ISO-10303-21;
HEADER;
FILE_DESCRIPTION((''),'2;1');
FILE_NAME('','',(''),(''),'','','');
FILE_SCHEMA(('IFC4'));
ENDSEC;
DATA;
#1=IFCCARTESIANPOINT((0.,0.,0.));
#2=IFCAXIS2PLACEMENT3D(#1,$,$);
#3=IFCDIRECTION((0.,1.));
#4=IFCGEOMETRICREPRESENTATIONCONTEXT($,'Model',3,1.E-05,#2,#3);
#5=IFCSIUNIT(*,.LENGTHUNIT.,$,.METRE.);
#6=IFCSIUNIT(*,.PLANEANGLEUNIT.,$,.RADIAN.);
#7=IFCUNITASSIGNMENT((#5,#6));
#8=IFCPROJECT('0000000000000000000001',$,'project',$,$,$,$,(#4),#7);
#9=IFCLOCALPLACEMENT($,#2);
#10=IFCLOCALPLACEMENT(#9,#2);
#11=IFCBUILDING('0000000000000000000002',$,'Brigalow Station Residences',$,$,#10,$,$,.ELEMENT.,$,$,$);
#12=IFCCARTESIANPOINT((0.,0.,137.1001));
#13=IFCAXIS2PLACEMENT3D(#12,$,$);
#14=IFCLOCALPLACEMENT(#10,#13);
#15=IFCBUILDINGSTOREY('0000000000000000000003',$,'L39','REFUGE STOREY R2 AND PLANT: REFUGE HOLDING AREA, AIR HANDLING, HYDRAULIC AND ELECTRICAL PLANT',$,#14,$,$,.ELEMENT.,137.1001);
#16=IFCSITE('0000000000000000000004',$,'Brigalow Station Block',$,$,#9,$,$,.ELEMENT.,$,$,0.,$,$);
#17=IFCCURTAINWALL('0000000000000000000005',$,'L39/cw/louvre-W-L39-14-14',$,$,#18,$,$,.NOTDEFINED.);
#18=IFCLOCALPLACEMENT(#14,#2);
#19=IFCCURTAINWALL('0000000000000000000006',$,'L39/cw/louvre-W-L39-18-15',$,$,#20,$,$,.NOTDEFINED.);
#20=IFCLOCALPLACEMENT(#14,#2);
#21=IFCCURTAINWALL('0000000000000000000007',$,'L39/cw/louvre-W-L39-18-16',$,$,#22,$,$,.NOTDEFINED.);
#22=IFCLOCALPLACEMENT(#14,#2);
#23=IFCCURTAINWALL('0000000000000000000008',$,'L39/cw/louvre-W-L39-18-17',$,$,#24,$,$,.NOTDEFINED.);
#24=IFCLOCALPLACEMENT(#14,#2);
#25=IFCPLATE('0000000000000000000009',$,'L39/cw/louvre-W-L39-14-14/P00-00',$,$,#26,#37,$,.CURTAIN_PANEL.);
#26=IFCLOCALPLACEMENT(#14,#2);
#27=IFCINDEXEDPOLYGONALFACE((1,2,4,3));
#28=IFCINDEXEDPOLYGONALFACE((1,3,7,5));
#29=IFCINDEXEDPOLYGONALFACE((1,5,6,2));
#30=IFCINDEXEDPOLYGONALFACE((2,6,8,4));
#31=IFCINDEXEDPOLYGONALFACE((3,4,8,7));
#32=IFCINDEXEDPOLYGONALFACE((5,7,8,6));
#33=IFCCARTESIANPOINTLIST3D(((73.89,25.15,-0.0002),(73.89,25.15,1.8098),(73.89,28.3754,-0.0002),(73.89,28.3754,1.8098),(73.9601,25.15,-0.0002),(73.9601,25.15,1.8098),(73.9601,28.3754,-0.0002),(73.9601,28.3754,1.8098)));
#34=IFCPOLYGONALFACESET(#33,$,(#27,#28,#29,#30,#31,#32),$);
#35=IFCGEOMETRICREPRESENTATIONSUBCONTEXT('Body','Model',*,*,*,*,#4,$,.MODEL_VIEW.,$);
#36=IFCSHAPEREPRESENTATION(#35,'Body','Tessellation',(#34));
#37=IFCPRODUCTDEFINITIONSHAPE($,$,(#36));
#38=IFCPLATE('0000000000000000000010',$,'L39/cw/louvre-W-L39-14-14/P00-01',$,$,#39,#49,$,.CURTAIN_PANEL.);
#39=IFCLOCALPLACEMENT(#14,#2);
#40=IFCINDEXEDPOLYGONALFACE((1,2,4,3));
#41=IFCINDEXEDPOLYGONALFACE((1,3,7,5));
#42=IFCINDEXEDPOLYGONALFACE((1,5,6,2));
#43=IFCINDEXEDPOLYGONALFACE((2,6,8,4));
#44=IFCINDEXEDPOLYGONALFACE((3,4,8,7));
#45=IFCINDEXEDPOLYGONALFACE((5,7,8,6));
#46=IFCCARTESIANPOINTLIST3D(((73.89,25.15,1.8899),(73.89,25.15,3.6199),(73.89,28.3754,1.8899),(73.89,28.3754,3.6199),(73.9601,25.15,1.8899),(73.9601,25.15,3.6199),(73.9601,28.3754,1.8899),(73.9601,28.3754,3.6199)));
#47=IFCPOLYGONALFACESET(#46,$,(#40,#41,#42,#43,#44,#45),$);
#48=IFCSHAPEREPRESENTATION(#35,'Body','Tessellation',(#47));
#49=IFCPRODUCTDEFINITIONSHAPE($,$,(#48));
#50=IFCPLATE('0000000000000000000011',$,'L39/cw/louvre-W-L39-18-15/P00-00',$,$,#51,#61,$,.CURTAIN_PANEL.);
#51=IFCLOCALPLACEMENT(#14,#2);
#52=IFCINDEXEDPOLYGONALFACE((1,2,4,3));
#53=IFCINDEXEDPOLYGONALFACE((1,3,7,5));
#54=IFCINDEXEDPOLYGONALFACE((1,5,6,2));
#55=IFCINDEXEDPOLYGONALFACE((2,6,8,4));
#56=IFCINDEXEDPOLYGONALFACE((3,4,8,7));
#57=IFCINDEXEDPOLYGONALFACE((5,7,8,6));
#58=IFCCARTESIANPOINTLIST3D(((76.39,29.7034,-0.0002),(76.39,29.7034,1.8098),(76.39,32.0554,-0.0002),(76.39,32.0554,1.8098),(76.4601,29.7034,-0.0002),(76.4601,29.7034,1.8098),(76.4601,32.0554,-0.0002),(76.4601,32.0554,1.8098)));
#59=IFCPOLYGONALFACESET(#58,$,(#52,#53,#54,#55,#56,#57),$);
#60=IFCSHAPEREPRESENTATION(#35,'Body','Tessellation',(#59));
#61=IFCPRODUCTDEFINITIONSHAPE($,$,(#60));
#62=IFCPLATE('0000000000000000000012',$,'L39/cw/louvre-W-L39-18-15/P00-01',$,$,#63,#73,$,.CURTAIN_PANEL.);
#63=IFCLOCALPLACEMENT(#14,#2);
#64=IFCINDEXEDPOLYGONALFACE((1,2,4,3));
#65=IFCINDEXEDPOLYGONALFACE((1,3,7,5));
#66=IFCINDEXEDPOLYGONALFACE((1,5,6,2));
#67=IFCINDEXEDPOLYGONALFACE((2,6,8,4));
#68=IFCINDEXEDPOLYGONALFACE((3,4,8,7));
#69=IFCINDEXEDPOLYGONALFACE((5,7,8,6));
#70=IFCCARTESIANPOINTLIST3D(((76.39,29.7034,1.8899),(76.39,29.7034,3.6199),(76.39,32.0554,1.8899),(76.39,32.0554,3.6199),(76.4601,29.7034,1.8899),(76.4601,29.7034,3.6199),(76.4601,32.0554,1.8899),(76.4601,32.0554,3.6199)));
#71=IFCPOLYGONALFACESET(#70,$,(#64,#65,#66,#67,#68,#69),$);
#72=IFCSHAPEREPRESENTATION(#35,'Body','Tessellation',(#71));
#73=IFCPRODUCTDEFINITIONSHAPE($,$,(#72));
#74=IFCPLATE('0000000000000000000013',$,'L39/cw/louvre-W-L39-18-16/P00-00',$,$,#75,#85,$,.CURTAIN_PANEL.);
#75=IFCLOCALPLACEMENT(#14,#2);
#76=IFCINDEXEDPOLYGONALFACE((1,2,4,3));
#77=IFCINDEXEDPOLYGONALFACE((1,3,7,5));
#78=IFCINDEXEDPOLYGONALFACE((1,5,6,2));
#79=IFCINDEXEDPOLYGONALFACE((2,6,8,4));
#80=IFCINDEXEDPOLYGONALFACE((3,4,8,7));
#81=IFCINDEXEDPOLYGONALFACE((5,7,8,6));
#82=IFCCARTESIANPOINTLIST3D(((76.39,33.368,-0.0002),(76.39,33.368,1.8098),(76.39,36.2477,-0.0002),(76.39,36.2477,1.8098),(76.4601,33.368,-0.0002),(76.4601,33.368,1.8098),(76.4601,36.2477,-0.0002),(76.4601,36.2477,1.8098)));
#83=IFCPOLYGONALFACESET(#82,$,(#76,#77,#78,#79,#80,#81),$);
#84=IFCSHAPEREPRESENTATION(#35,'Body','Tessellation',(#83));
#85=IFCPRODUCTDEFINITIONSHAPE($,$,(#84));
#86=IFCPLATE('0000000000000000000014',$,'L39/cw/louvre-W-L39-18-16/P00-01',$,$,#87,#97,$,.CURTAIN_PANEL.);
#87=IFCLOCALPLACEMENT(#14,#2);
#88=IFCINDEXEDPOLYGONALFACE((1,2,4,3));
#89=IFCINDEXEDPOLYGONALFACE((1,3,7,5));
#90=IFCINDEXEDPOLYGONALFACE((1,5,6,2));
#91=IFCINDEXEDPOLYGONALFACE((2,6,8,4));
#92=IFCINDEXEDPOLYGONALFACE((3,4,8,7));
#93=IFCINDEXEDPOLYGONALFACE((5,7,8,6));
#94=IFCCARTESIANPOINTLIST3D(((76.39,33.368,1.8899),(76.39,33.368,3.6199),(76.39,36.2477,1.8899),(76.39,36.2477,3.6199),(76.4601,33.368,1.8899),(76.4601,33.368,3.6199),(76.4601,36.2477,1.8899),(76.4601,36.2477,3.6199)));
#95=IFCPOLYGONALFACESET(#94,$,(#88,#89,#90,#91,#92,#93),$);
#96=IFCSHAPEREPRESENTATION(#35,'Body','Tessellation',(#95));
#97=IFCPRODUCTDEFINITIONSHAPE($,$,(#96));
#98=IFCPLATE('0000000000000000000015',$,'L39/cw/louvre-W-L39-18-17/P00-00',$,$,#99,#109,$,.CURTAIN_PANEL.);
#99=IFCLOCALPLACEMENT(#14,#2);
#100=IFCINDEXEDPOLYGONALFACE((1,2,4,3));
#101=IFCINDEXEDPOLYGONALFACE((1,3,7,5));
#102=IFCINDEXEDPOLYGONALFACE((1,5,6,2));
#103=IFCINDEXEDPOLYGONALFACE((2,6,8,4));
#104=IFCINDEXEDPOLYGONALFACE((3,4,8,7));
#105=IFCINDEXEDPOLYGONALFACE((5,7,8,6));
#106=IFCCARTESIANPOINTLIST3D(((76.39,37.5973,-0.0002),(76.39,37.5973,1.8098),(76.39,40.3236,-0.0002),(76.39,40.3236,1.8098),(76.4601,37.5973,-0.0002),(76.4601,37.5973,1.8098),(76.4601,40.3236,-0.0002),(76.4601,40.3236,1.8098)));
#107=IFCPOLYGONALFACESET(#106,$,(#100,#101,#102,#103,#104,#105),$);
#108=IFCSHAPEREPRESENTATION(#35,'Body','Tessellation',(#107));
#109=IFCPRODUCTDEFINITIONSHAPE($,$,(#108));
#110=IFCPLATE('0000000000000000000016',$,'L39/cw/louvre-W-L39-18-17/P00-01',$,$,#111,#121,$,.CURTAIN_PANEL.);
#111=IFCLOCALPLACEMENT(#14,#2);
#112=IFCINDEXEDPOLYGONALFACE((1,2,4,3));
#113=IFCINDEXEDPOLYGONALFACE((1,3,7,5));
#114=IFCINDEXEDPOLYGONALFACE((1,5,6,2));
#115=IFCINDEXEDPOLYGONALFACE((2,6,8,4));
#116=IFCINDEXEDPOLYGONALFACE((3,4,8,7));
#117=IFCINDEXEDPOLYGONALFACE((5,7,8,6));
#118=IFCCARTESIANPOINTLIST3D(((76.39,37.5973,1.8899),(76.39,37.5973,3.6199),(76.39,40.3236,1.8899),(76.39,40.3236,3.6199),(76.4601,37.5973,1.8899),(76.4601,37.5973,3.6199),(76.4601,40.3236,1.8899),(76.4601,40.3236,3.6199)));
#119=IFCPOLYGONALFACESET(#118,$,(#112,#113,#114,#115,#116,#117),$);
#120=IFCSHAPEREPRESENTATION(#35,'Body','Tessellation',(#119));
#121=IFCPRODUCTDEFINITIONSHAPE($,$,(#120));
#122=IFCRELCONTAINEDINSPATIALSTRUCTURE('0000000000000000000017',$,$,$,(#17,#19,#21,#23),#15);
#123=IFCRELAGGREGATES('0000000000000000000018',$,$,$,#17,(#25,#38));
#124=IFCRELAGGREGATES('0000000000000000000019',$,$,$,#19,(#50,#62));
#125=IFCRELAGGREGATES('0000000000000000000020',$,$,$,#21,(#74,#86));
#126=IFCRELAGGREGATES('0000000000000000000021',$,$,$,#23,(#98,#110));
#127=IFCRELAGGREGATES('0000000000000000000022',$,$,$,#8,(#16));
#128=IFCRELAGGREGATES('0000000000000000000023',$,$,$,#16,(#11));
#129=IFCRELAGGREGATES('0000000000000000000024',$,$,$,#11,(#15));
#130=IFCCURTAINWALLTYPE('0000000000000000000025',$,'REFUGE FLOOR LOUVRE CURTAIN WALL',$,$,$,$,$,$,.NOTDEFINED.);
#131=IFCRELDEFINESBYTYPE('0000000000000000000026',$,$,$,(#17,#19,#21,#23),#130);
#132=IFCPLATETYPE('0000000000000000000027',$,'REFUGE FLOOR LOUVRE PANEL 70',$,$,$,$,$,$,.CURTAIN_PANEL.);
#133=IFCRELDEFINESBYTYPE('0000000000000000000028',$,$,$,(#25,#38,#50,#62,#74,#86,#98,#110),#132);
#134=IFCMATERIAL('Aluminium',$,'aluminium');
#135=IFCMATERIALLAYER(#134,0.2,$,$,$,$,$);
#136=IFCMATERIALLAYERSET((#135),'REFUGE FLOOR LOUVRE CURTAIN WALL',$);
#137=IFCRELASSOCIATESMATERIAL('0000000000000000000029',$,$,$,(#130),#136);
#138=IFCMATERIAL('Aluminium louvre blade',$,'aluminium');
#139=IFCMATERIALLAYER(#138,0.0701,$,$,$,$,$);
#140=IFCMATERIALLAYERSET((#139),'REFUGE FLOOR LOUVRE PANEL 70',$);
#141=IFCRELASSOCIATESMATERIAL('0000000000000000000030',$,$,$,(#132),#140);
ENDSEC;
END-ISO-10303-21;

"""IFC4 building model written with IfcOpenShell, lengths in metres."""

from ifc_helpers import new_model, si_unit, direction, frame, origin, origin_2d, place, context, subcontext, project, spatial, rectangle, extrude, material, layer, layer_set, type_object, element, aggregate, save


model = new_model("IFC4")

# Units and contexts
model_context = context("Model", 3, precision=1e-05, world=origin(), true_north=direction((0.0, 1.0)))
body_context = subcontext(model_context, "Body", "Model", "MODEL_VIEW")
ifc_project = project(units=[si_unit("LENGTHUNIT", "METRE"), si_unit("PLANEANGLEUNIT", "RADIAN")], contexts=[model_context])

# Site, building, storey
site_placement = place(None, origin())
site = spatial("IfcSite", under=ifc_project, at=site_placement, Name="Brigalow Station Block", CompositionType="ELEMENT", RefElevation=0.0)
building_placement = place(site_placement, origin())
building = spatial("IfcBuilding", under=site, at=building_placement, Name="Brigalow Station Residences", CompositionType="ELEMENT")
storey_placement = place(building_placement, frame((0.0, 0.0, 137.1001)))
storey = spatial("IfcBuildingStorey", under=building, at=storey_placement, Name="L39", Description="REFUGE STOREY R2 AND PLANT: REFUGE HOLDING AREA, AIR HANDLING, HYDRAULIC AND ELECTRICAL PLANT", CompositionType="ELEMENT", Elevation=137.1001)

# Curtain walls
ifc_material_1 = material(Name="Aluminium", Category="aluminium")
ifc_layer_1 = layer(ifc_material_1, 0.2)
ifc_layer_set_1 = layer_set([ifc_layer_1], Name="REFUGE FLOOR LOUVRE CURTAIN WALL")
curtain_wall_type = type_object("IfcCurtainWallType", Name="REFUGE FLOOR LOUVRE CURTAIN WALL", PredefinedType="NOTDEFINED", material=ifc_layer_set_1)
curtain_wall_1_placement = place(storey_placement, origin())
curtain_wall_1 = element("IfcCurtainWall", 1, at=curtain_wall_1_placement, inside=storey, type_object=curtain_wall_type, Name="L39/cw/louvre-W-L39-14-14", PredefinedType="NOTDEFINED")
curtain_wall_2_placement = place(storey_placement, origin())
curtain_wall_2 = element("IfcCurtainWall", 2, at=curtain_wall_2_placement, inside=storey, type_object=curtain_wall_type, Name="L39/cw/louvre-W-L39-18-15", PredefinedType="NOTDEFINED")
curtain_wall_3_placement = place(storey_placement, origin())
curtain_wall_3 = element("IfcCurtainWall", 3, at=curtain_wall_3_placement, inside=storey, type_object=curtain_wall_type, Name="L39/cw/louvre-W-L39-18-16", PredefinedType="NOTDEFINED")

# Curtain wall
curtain_wall_4_placement = place(storey_placement, origin())
curtain_wall_4 = element("IfcCurtainWall", 4, at=curtain_wall_4_placement, inside=storey, type_object=curtain_wall_type, Name="L39/cw/louvre-W-L39-18-17", PredefinedType="NOTDEFINED")

# Plates
ifc_material_2 = material(Name="Aluminium louvre blade", Category="aluminium")
ifc_layer_2 = layer(ifc_material_2, 0.0701)
ifc_layer_set_2 = layer_set([ifc_layer_2], Name="REFUGE FLOOR LOUVRE PANEL 70")
plate_type = type_object("IfcPlateType", Name="REFUGE FLOOR LOUVRE PANEL 70", PredefinedType="CURTAIN_PANEL", material=ifc_layer_set_2)
plate_1_placement = place(storey_placement, frame((73.925, 26.7627, -0.0002), z_axis=(0.0, 0.0, 1.0), x_axis=(0.0, 1.0, 0.0)))
plate_1 = element("IfcPlate", 5, at=plate_1_placement, type_object=plate_type, Name="L39/cw/louvre-W-L39-14-14/P00-00", PredefinedType="CURTAIN_PANEL", context=body_context, shape_type="SweptSolid", body=[
    extrude(rectangle(XDim=3.2253, YDim=0.0701, at=origin_2d()), origin(), (0.0, 0.0, 1.0), 1.8101),
])
plate_2_placement = place(storey_placement, frame((73.925, 26.7627, 1.8899), z_axis=(0.0, 0.0, 1.0), x_axis=(0.0, 1.0, 0.0)))
plate_2 = element("IfcPlate", 6, at=plate_2_placement, type_object=plate_type, Name="L39/cw/louvre-W-L39-14-14/P00-01", PredefinedType="CURTAIN_PANEL", context=body_context, shape_type="SweptSolid", body=[
    extrude(rectangle(XDim=3.2253, YDim=0.0701, at=origin_2d()), origin(), (0.0, 0.0, 1.0), 1.73),
])
aggregate(curtain_wall_1, [plate_1, plate_2])
plate_3_placement = place(storey_placement, frame((76.425, 30.8794, -0.0002), z_axis=(0.0, 0.0, 1.0), x_axis=(0.0, 1.0, 0.0)))
plate_3 = element("IfcPlate", 7, at=plate_3_placement, type_object=plate_type, Name="L39/cw/louvre-W-L39-18-15/P00-00", PredefinedType="CURTAIN_PANEL", context=body_context, shape_type="SweptSolid", body=[
    extrude(rectangle(XDim=2.3521, YDim=0.0701, at=origin_2d()), origin(), (0.0, 0.0, 1.0), 1.8101),
])
plate_4_placement = place(storey_placement, frame((76.425, 30.8794, 1.8899), z_axis=(0.0, 0.0, 1.0), x_axis=(0.0, 1.0, 0.0)))
plate_4 = element("IfcPlate", 8, at=plate_4_placement, type_object=plate_type, Name="L39/cw/louvre-W-L39-18-15/P00-01", PredefinedType="CURTAIN_PANEL", context=body_context, shape_type="SweptSolid", body=[
    extrude(rectangle(XDim=2.3521, YDim=0.0701, at=origin_2d()), origin(), (0.0, 0.0, 1.0), 1.73),
])
aggregate(curtain_wall_2, [plate_3, plate_4])
plate_5_placement = place(storey_placement, frame((76.425, 34.8079, -0.0002), z_axis=(0.0, 0.0, 1.0), x_axis=(0.0, 1.0, 0.0)))
plate_5 = element("IfcPlate", 9, at=plate_5_placement, type_object=plate_type, Name="L39/cw/louvre-W-L39-18-16/P00-00", PredefinedType="CURTAIN_PANEL", context=body_context, shape_type="SweptSolid", body=[
    extrude(rectangle(XDim=2.8796, YDim=0.0701, at=origin_2d()), origin(), (0.0, 0.0, 1.0), 1.8101),
])
plate_6_placement = place(storey_placement, frame((76.425, 34.8079, 1.8899), z_axis=(0.0, 0.0, 1.0), x_axis=(0.0, 1.0, 0.0)))
plate_6 = element("IfcPlate", 10, at=plate_6_placement, type_object=plate_type, Name="L39/cw/louvre-W-L39-18-16/P00-01", PredefinedType="CURTAIN_PANEL", context=body_context, shape_type="SweptSolid", body=[
    extrude(rectangle(XDim=2.8796, YDim=0.0701, at=origin_2d()), origin(), (0.0, 0.0, 1.0), 1.73),
])
aggregate(curtain_wall_3, [plate_5, plate_6])
plate_7_placement = place(storey_placement, frame((76.425, 38.9604, -0.0002), z_axis=(0.0, 0.0, 1.0), x_axis=(0.0, 1.0, 0.0)))
plate_7 = element("IfcPlate", 11, at=plate_7_placement, type_object=plate_type, Name="L39/cw/louvre-W-L39-18-17/P00-00", PredefinedType="CURTAIN_PANEL", context=body_context, shape_type="SweptSolid", body=[
    extrude(rectangle(XDim=2.7263, YDim=0.0701, at=origin_2d()), origin(), (0.0, 0.0, 1.0), 1.8101),
])
plate_8_placement = place(storey_placement, frame((76.425, 38.9604, 1.8899), z_axis=(0.0, 0.0, 1.0), x_axis=(0.0, 1.0, 0.0)))
plate_8 = element("IfcPlate", 12, at=plate_8_placement, type_object=plate_type, Name="L39/cw/louvre-W-L39-18-17/P00-01", PredefinedType="CURTAIN_PANEL", context=body_context, shape_type="SweptSolid", body=[
    extrude(rectangle(XDim=2.7263, YDim=0.0701, at=origin_2d()), origin(), (0.0, 0.0, 1.0), 1.73),
])
aggregate(curtain_wall_4, [plate_7, plate_8])

save(model, "model.ifc")
